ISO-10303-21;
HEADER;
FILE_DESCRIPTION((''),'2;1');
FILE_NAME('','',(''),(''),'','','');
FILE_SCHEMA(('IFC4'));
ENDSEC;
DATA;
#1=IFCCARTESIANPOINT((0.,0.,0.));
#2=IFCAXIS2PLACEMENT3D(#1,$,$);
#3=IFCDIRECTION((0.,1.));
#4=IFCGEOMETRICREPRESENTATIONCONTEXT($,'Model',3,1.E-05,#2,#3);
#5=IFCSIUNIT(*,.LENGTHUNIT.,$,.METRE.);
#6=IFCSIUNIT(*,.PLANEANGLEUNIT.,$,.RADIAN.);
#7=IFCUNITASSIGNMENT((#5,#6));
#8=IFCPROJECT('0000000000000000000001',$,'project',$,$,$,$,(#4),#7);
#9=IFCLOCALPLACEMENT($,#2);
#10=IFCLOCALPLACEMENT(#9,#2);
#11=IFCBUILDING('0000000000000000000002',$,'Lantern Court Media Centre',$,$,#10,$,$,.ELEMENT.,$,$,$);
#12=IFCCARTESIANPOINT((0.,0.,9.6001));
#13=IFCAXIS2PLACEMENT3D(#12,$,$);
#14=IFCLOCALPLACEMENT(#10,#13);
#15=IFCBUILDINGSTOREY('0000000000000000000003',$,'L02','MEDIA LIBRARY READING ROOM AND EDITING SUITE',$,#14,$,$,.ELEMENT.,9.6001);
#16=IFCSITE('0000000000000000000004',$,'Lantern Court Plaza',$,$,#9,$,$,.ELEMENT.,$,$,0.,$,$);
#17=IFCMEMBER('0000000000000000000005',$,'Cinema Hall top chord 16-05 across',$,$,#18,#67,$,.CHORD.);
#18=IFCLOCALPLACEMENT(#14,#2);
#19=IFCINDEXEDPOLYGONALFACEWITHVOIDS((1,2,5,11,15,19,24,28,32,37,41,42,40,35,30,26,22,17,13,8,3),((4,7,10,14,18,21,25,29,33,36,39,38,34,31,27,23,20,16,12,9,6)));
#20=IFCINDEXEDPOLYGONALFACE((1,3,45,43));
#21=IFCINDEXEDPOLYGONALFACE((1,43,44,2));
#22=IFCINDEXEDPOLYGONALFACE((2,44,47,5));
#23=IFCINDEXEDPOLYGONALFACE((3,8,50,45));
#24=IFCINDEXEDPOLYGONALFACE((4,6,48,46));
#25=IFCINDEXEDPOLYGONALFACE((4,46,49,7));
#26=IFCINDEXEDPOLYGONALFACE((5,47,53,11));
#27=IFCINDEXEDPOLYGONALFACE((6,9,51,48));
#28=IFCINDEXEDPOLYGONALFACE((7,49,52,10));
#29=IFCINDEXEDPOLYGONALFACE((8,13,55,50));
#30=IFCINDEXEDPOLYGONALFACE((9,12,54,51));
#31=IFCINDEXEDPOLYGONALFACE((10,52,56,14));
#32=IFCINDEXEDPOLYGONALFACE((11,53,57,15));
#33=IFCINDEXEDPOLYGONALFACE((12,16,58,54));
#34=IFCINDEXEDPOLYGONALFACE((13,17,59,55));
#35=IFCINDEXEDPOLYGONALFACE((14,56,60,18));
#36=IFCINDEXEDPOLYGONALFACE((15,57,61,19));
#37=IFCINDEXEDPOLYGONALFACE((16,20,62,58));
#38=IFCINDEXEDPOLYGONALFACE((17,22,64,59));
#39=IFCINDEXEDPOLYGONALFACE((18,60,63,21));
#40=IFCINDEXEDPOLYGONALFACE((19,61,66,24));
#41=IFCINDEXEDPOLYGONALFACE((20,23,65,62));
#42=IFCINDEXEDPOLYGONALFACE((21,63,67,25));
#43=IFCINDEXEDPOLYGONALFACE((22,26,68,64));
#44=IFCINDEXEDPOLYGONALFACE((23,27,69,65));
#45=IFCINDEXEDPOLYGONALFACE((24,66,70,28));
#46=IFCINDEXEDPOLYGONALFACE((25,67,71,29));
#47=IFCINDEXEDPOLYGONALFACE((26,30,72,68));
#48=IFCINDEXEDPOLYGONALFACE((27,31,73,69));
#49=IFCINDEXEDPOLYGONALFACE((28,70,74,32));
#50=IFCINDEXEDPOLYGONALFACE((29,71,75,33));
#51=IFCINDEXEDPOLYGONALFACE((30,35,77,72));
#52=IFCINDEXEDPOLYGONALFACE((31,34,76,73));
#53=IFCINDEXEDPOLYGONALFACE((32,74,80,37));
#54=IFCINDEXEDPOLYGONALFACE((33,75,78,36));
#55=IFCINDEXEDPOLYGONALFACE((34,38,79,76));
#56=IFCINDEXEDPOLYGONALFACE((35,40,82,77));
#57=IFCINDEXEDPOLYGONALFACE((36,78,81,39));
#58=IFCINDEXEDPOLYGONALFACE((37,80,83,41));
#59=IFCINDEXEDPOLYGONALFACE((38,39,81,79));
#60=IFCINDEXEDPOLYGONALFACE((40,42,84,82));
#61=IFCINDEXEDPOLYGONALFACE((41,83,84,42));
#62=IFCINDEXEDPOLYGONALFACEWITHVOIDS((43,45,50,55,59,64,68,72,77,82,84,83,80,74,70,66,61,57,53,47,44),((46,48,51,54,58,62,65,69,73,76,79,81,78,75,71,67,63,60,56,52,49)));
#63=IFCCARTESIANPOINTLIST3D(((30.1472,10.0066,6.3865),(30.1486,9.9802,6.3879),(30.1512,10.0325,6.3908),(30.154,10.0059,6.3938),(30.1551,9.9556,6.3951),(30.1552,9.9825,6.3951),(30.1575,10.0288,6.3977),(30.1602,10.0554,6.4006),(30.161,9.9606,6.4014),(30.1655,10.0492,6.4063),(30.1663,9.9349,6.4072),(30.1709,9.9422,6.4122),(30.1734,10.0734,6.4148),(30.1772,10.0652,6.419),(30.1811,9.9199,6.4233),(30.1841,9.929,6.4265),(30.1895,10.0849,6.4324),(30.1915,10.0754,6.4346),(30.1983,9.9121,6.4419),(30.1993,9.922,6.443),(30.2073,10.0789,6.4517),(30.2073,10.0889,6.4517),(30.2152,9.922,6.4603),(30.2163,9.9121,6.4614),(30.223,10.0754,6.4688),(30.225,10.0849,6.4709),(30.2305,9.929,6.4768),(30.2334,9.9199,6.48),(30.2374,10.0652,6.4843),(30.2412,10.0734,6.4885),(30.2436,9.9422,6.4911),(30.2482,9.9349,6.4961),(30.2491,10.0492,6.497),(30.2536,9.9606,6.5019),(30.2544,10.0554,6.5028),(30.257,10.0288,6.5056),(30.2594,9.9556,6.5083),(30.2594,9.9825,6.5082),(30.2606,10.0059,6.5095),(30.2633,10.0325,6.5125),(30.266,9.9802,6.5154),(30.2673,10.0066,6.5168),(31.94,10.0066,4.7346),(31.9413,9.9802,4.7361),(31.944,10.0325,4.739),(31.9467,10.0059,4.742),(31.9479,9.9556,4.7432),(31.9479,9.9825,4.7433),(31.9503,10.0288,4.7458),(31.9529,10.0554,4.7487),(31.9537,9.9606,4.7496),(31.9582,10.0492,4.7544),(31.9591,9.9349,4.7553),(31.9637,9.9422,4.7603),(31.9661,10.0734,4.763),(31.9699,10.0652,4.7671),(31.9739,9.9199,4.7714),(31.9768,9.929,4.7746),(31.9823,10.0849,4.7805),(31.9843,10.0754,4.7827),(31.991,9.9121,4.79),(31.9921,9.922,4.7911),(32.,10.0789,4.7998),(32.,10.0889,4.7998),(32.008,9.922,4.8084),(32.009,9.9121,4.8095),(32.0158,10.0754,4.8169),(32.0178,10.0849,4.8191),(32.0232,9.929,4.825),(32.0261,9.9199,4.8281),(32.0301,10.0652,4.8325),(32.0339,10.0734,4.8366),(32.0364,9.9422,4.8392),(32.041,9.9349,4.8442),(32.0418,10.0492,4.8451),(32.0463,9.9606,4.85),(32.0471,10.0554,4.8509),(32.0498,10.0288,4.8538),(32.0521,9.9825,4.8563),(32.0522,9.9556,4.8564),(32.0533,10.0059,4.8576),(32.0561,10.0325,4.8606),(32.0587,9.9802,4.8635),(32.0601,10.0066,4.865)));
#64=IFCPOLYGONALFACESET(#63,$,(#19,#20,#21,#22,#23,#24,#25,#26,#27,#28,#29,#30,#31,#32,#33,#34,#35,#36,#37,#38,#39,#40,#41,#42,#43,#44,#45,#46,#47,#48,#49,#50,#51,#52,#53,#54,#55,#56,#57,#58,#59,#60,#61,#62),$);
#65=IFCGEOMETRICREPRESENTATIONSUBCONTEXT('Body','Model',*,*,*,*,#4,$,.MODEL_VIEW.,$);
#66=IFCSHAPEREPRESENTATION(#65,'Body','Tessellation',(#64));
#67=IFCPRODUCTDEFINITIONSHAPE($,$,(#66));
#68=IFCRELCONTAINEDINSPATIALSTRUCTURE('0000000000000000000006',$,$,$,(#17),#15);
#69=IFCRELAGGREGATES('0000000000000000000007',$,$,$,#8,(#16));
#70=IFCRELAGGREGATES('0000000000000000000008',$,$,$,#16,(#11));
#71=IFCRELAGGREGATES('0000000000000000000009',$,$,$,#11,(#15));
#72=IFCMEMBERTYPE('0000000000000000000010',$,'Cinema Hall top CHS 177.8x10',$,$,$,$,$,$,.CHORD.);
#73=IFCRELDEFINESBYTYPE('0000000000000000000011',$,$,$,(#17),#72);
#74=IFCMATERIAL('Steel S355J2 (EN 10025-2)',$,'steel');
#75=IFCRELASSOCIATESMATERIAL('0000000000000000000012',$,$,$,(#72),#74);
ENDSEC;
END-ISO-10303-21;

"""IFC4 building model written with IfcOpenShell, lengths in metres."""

from ifc_helpers import new_model, si_unit, direction, frame, origin, origin_2d, place, context, subcontext, project, spatial, hollow_circle, extrude, material, material_profile, profile_set, type_object, element, save


model = new_model("IFC4")

# Units and contexts
model_context = context("Model", 3, precision=1e-05, world=origin(), true_north=direction((0.0, 1.0)))
body_context = subcontext(model_context, "Body", "Model", "MODEL_VIEW")
ifc_project = project(units=[si_unit("LENGTHUNIT", "METRE"), si_unit("PLANEANGLEUNIT", "RADIAN")], contexts=[model_context])

# Site, building, storey
site_placement = place(None, origin())
site = spatial("IfcSite", under=ifc_project, at=site_placement, Name="Lantern Court Plaza", CompositionType="ELEMENT", RefElevation=0.0)
building_placement = place(site_placement, origin())
building = spatial("IfcBuilding", under=site, at=building_placement, Name="Lantern Court Media Centre", CompositionType="ELEMENT")
storey_placement = place(building_placement, frame((0.0, 0.0, 9.6001)))
storey = spatial("IfcBuildingStorey", under=building, at=storey_placement, Name="L02", Description="MEDIA LIBRARY READING ROOM AND EDITING SUITE", CompositionType="ELEMENT", Elevation=9.6001)

# Member
ifc_material = material(Name="Steel S355J2 (EN 10025-2)", Category="steel")
ifc_material_profile_1 = material_profile(ifc_material, hollow_circle(Radius=0.0889, WallThickness=0.01, at=origin_2d()), Name="Cinema Hall top CHS 177.8x10")
ifc_profile_set_1 = profile_set([ifc_material_profile_1], Name="Steel S355J2 (EN 10025-2)")
member_type_1 = type_object("IfcMemberType", Name="Cinema Hall top CHS 177.8x10", PredefinedType="CHORD", material=ifc_profile_set_1)
for number, where, z_axis, x_axis, name in (
    (1, (30.2073, 10.0, 6.4517), (0.73541, 0.0, -0.677623), (0.0, 1.0, 0.0), "Cinema Hall top chord 16-05 across"),
):
    element("IfcMember", number, at=place(storey_placement, frame(where, z_axis=z_axis, x_axis=x_axis)), inside=storey, type_object=member_type_1, Name=name, PredefinedType="CHORD", context=body_context, shape_type="SweptSolid", body=[
        extrude(hollow_circle(Radius=0.0889, WallThickness=0.01, at=origin_2d()), origin(), (0.0, 0.0, 1.0), 2.4377),
    ])

save(model, "model.ifc")
